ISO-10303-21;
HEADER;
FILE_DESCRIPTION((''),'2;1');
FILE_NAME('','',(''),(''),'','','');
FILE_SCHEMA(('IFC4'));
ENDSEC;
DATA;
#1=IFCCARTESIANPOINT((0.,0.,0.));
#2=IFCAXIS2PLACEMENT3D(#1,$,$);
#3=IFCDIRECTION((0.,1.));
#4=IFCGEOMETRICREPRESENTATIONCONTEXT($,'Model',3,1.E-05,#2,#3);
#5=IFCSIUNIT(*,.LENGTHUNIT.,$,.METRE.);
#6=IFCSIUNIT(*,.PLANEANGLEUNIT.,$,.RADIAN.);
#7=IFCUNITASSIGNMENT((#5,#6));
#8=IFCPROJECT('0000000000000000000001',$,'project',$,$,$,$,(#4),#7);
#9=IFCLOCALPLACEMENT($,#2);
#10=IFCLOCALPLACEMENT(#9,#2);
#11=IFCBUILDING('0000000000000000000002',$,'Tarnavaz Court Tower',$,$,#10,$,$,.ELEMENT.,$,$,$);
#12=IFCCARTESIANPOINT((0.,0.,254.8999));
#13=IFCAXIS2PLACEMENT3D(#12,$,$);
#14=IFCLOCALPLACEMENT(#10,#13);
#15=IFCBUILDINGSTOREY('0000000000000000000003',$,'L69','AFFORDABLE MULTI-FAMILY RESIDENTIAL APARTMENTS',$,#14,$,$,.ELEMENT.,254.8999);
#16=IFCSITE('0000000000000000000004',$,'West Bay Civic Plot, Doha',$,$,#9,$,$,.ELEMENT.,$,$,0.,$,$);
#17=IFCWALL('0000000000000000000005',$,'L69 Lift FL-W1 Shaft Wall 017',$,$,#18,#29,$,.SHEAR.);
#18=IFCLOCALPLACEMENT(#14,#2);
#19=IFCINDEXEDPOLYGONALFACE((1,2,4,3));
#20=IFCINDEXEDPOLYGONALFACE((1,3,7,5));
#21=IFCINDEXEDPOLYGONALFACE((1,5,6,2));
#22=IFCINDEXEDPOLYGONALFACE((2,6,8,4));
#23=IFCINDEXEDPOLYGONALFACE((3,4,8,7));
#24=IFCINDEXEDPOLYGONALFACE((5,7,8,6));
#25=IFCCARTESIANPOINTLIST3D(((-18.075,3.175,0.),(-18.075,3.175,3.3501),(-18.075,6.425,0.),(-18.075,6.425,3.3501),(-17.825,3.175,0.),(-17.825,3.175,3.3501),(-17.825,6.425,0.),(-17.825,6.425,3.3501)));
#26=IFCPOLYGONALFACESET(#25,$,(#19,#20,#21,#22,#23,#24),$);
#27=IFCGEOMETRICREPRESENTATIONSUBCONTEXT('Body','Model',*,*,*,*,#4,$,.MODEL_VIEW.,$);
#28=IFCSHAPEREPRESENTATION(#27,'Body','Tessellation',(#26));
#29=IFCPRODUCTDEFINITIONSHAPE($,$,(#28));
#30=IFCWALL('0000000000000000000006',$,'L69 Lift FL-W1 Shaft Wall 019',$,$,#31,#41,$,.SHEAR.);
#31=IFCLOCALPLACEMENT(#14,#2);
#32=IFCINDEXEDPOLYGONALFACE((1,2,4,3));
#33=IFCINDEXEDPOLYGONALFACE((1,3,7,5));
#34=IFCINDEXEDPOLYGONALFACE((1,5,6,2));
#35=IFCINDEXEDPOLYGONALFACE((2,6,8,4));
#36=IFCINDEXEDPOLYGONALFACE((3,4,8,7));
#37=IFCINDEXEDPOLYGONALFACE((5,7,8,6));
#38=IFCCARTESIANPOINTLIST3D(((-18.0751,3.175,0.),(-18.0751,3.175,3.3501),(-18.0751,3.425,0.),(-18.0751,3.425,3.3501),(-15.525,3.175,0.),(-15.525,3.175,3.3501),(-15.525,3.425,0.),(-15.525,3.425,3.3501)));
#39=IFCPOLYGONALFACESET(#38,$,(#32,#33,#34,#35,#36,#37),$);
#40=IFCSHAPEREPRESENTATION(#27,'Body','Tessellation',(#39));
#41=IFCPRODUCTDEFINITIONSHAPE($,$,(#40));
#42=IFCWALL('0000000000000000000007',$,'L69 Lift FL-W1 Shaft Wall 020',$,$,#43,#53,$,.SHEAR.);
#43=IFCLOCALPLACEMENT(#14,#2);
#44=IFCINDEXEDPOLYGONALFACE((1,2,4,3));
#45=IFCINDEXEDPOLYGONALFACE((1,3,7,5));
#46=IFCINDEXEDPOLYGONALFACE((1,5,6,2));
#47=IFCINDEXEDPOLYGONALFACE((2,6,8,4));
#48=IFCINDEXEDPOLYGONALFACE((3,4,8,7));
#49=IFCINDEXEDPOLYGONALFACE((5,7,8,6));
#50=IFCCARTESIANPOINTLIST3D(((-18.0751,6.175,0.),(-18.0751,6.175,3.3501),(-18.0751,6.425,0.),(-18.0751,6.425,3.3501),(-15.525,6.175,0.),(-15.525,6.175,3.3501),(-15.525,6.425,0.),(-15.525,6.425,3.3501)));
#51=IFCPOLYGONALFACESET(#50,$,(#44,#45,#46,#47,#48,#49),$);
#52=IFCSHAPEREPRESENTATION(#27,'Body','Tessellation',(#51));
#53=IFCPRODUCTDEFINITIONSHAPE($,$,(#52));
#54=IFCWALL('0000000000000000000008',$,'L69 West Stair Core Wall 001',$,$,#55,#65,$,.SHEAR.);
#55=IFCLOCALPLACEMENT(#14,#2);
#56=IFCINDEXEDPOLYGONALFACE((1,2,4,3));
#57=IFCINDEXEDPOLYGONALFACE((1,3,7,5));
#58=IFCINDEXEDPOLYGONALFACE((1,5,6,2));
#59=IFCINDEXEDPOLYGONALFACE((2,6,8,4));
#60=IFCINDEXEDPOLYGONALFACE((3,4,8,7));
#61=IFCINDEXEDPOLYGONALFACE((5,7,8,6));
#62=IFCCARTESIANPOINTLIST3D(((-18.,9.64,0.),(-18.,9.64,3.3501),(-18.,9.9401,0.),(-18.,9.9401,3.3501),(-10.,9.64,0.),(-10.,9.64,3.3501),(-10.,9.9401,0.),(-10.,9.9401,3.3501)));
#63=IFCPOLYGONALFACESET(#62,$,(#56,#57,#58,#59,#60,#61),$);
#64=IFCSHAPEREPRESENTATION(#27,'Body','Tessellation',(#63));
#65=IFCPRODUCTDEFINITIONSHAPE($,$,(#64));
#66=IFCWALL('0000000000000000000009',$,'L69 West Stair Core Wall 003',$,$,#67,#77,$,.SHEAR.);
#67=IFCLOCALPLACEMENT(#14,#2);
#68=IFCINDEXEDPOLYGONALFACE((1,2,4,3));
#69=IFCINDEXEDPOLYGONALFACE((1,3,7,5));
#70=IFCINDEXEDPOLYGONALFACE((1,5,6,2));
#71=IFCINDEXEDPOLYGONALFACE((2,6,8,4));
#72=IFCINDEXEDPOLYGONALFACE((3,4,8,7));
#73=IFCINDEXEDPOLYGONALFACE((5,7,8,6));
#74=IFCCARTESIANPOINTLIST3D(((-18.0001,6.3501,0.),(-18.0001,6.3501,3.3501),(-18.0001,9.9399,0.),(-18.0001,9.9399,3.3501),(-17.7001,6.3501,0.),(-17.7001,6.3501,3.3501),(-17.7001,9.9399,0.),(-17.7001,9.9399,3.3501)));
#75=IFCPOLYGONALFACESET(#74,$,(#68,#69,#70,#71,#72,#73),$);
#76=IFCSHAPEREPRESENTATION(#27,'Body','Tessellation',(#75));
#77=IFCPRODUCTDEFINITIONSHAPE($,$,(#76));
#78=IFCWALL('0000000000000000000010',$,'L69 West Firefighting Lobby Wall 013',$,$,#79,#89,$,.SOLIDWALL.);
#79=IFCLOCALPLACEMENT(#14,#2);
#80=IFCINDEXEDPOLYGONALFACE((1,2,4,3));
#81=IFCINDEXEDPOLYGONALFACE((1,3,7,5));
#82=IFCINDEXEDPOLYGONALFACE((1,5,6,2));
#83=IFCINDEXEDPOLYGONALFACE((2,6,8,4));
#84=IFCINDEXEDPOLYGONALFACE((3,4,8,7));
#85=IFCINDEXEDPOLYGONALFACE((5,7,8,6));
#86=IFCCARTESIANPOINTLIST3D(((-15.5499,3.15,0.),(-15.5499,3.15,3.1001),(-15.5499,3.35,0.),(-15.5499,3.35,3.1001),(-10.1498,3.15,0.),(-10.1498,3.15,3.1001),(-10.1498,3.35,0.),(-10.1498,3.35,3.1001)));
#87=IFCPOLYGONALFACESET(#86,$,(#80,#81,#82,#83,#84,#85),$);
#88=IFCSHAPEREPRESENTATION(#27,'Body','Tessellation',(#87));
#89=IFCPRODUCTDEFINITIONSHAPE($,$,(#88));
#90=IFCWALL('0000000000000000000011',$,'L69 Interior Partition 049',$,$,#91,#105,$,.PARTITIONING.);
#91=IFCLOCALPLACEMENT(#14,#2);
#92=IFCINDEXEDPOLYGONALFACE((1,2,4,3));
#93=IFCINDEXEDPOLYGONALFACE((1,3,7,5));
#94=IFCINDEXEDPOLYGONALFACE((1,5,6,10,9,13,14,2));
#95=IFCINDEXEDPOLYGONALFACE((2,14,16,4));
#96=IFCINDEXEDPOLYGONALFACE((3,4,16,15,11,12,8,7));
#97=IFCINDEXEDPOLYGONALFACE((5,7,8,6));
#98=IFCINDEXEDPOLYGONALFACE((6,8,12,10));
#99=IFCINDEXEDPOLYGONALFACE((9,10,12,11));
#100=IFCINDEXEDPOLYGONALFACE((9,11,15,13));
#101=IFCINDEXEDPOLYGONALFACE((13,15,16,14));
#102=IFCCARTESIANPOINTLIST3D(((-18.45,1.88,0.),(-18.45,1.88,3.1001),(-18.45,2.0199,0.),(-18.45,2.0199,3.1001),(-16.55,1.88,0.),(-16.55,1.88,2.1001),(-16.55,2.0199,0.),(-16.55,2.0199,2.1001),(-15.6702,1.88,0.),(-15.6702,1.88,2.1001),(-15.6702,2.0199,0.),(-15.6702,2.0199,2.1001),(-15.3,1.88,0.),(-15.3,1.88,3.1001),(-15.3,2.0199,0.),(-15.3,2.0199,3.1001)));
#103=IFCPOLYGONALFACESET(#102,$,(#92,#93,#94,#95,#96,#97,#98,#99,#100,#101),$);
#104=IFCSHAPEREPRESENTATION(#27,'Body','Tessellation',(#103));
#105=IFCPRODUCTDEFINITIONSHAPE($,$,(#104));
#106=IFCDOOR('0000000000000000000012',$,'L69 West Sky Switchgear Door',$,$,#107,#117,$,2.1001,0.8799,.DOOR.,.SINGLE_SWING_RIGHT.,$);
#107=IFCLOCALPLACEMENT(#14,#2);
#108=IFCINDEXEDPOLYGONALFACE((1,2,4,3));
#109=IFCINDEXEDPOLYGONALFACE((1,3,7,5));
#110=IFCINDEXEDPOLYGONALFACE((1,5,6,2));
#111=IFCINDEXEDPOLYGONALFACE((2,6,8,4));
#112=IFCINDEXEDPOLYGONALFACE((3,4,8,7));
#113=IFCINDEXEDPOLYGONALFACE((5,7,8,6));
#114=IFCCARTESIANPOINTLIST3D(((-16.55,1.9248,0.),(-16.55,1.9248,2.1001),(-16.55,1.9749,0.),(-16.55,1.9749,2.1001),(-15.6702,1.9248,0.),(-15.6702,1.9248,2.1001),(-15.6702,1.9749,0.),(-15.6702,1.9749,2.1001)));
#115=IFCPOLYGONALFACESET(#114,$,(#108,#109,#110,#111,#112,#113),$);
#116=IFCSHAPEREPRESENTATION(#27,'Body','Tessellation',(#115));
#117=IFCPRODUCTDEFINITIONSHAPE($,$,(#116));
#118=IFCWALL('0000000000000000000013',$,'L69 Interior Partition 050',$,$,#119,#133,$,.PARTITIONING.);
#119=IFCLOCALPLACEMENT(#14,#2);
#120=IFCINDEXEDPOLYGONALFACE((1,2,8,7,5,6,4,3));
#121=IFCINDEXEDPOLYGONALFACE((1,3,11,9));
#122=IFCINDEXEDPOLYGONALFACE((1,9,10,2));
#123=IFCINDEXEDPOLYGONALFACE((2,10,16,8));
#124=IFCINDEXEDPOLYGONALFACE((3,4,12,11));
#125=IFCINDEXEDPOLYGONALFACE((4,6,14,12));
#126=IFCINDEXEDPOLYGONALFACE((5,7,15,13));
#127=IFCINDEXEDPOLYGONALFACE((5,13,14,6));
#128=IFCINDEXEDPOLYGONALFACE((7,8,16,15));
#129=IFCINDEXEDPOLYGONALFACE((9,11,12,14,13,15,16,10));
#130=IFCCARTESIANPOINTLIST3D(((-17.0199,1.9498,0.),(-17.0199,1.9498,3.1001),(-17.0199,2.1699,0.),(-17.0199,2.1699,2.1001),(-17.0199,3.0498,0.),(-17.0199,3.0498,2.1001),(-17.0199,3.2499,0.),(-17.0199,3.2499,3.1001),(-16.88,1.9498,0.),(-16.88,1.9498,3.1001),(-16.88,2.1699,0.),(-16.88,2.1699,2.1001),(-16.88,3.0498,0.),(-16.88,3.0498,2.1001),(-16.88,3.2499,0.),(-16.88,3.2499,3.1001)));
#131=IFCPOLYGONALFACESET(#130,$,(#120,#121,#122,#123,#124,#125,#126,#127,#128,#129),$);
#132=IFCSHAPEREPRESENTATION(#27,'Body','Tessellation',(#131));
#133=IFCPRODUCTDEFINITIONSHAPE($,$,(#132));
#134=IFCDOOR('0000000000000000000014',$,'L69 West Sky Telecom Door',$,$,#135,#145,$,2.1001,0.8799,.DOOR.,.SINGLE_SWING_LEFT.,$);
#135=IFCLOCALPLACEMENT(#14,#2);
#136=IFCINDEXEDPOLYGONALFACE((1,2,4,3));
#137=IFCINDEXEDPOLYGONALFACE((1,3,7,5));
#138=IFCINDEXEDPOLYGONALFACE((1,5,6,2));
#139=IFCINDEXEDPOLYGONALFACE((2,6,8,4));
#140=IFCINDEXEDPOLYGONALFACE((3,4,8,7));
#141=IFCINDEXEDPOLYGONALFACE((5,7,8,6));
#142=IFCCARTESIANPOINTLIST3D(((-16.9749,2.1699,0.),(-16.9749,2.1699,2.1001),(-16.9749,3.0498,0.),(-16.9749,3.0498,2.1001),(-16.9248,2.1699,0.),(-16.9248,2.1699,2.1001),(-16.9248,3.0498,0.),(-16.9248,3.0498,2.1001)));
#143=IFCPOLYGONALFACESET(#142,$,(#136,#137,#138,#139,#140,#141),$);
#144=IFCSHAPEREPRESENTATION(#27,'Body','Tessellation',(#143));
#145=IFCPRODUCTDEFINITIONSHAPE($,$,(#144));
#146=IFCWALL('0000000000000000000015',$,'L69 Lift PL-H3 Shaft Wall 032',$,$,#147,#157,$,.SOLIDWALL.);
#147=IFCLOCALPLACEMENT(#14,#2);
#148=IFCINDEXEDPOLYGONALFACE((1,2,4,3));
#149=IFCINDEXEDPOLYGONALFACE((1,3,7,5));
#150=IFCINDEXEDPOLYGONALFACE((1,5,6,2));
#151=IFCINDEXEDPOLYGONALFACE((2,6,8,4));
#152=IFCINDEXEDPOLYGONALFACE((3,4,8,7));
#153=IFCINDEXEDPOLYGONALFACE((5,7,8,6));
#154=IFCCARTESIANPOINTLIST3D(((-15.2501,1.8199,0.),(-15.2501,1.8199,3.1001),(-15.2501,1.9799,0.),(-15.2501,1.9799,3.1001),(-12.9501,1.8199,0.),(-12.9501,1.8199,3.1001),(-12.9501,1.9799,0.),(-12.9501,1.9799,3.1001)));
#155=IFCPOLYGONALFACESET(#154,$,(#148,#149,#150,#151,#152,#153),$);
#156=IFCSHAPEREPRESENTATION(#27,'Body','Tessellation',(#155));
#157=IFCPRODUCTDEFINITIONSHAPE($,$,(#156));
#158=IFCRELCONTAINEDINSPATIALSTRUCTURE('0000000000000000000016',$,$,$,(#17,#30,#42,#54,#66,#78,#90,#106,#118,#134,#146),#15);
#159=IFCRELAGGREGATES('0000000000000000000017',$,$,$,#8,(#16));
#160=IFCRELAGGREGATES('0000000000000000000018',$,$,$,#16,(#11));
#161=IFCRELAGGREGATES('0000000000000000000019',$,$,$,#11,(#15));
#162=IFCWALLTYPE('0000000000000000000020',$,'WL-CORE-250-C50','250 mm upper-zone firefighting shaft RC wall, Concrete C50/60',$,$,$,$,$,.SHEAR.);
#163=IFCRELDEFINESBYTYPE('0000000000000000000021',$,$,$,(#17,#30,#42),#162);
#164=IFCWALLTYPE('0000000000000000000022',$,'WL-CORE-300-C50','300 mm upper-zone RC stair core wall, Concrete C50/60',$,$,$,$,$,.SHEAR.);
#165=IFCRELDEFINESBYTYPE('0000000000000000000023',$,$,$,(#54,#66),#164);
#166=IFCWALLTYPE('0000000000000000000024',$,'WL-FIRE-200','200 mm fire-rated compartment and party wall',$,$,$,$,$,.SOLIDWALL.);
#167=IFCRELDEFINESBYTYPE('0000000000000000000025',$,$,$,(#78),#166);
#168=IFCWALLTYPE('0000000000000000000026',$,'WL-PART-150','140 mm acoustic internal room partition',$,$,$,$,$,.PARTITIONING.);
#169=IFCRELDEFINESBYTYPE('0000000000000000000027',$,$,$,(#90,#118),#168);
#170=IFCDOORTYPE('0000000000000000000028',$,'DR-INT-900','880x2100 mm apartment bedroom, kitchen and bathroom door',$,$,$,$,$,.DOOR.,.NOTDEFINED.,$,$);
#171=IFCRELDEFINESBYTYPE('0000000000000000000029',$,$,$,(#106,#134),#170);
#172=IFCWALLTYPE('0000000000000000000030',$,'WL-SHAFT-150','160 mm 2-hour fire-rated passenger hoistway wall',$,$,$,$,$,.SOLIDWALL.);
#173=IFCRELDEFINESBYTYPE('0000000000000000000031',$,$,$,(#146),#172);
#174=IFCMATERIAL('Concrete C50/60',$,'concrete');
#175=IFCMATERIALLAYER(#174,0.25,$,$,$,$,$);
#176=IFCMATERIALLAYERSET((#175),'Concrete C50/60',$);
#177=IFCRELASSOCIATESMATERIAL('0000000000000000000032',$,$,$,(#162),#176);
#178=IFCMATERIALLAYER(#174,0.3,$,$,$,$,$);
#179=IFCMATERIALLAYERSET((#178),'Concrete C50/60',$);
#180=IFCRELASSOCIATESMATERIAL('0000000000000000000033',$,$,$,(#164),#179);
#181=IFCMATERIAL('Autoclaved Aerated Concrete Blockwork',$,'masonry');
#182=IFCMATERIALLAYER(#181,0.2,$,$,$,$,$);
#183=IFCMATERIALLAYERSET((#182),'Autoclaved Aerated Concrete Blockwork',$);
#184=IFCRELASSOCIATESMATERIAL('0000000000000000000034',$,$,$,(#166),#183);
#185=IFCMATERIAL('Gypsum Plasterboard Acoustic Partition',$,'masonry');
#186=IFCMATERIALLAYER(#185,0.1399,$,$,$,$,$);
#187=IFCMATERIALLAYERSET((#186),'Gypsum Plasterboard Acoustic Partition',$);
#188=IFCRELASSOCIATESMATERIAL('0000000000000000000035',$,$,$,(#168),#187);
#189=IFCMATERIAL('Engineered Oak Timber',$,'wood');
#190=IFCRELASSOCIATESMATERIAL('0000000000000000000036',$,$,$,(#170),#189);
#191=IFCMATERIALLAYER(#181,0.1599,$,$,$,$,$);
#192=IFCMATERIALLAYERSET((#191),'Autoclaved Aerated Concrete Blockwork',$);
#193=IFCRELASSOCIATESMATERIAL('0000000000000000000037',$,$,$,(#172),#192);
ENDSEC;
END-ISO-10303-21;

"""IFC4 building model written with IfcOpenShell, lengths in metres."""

from ifc_helpers import new_model, si_unit, direction, frame, frame_2d, origin, place, context, subcontext, project, spatial, rectangle, extrude, material, layer, layer_set, type_object, element, fill, save


model = new_model("IFC4")

# Units and contexts
model_context = context("Model", 3, precision=1e-05, world=origin(), true_north=direction((0.0, 1.0)))
body_context = subcontext(model_context, "Body", "Model", "MODEL_VIEW")
ifc_project = project(units=[si_unit("LENGTHUNIT", "METRE"), si_unit("PLANEANGLEUNIT", "RADIAN")], contexts=[model_context])

# Site, building, storey
site_placement = place(None, origin())
site = spatial("IfcSite", under=ifc_project, at=site_placement, Name="West Bay Civic Plot, Doha", CompositionType="ELEMENT", RefElevation=0.0)
building_placement = place(site_placement, origin())
building = spatial("IfcBuilding", under=site, at=building_placement, Name="Tarnavaz Court Tower", CompositionType="ELEMENT")
storey_placement = place(building_placement, frame((0.0, 0.0, 254.8999)))
storey = spatial("IfcBuildingStorey", under=building, at=storey_placement, Name="L69", Description="AFFORDABLE MULTI-FAMILY RESIDENTIAL APARTMENTS", CompositionType="ELEMENT", Elevation=254.8999)

# Shared definitions
ifc_material_1 = material(Name="Concrete C50/60", Category="concrete")

# Wall
ifc_layer_1 = layer(ifc_material_1, 0.25)
ifc_layer_set_1 = layer_set([ifc_layer_1], Name="Concrete C50/60")
wall_type_1 = type_object("IfcWallType", Name="WL-CORE-250-C50", Description="250 mm upper-zone firefighting shaft RC wall, Concrete C50/60", PredefinedType="SHEAR", material=ifc_layer_set_1)
wall_1_placement = place(storey_placement, frame((-17.95, 3.175, 0.0), z_axis=(0.0, 0.0, 1.0), x_axis=(0.0, 1.0, 0.0)))
element("IfcWall", 1, at=wall_1_placement, inside=storey, type_object=wall_type_1, Name="L69 Lift FL-W1 Shaft Wall 017", PredefinedType="SHEAR", context=body_context, shape_type="SweptSolid", body=[
    extrude(rectangle(XDim=3.25, YDim=0.25, at=frame_2d((1.625, 0.0))), origin(), (0.0, 0.0, 1.0), 3.3501),
])

# Walls
for number, where, z_axis, x_axis, name in (
    (2, (-18.075, 3.3, 0.0), (0.0, 0.0, 1.0), (1.0, 0.0, 0.0), "L69 Lift FL-W1 Shaft Wall 019"),
    (3, (-18.075, 6.3, 0.0), (0.0, 0.0, 1.0), (1.0, 0.0, 0.0), "L69 Lift FL-W1 Shaft Wall 020"),
):
    element("IfcWall", number, at=place(storey_placement, frame(where, z_axis=z_axis, x_axis=x_axis)), inside=storey, type_object=wall_type_1, Name=name, PredefinedType="SHEAR", context=body_context, shape_type="SweptSolid", body=[
        extrude(rectangle(XDim=2.55, YDim=0.25, at=frame_2d((1.2749, 0.0))), origin(), (0.0, 0.0, 1.0), 3.3501),
    ])
ifc_layer_2 = layer(ifc_material_1, 0.3)
ifc_layer_set_2 = layer_set([ifc_layer_2], Name="Concrete C50/60")
wall_type_2 = type_object("IfcWallType", Name="WL-CORE-300-C50", Description="300 mm upper-zone RC stair core wall, Concrete C50/60", PredefinedType="SHEAR", material=ifc_layer_set_2)
wall_2_placement = place(storey_placement, frame((-18.0, 9.79, 0.0), z_axis=(0.0, 0.0, 1.0), x_axis=(1.0, 0.0, 0.0)))
element("IfcWall", 4, at=wall_2_placement, inside=storey, type_object=wall_type_2, Name="L69 West Stair Core Wall 001", PredefinedType="SHEAR", context=body_context, shape_type="SweptSolid", body=[
    extrude(rectangle(XDim=8.0, YDim=0.3, at=frame_2d((4.0, 0.0))), origin(), (0.0, 0.0, 1.0), 3.3501),
])

# Walls
wall_3_placement = place(storey_placement, frame((-17.8501, 6.3501, 0.0), z_axis=(0.0, 0.0, 1.0), x_axis=(0.0, 1.0, 0.0)))
element("IfcWall", 5, at=wall_3_placement, inside=storey, type_object=wall_type_2, Name="L69 West Stair Core Wall 003", PredefinedType="SHEAR", context=body_context, shape_type="SweptSolid", body=[
    extrude(rectangle(XDim=3.5898, YDim=0.3, at=frame_2d((1.7949, 0.0))), origin(), (0.0, 0.0, 1.0), 3.3501),
])
ifc_material_2 = material(Name="Autoclaved Aerated Concrete Blockwork", Category="masonry")
ifc_layer_3 = layer(ifc_material_2, 0.2)
ifc_layer_set_3 = layer_set([ifc_layer_3], Name="Autoclaved Aerated Concrete Blockwork")
wall_type_3 = type_object("IfcWallType", Name="WL-FIRE-200", Description="200 mm fire-rated compartment and party wall", PredefinedType="SOLIDWALL", material=ifc_layer_set_3)
wall_4_placement = place(storey_placement, frame((-15.55, 3.25, 0.0), z_axis=(0.0, 0.0, 1.0), x_axis=(1.0, 0.0, 0.0)))
element("IfcWall", 6, at=wall_4_placement, inside=storey, type_object=wall_type_3, Name="L69 West Firefighting Lobby Wall 013", PredefinedType="SOLIDWALL", context=body_context, shape_type="SweptSolid", body=[
    extrude(rectangle(XDim=5.4001, YDim=0.2, at=frame_2d((2.7002, 0.0))), origin(), (0.0, 0.0, 1.0), 3.1001),
])

# Walls, openings, doors
ifc_material_3 = material(Name="Gypsum Plasterboard Acoustic Partition", Category="masonry")
ifc_layer_4 = layer(ifc_material_3, 0.1399)
ifc_layer_set_4 = layer_set([ifc_layer_4], Name="Gypsum Plasterboard Acoustic Partition")
wall_type_4 = type_object("IfcWallType", Name="WL-PART-150", Description="140 mm acoustic internal room partition", PredefinedType="PARTITIONING", material=ifc_layer_set_4)
wall_5_placement = place(storey_placement, frame((-18.45, 1.95, 0.0), z_axis=(0.0, 0.0, 1.0), x_axis=(1.0, 0.0, 0.0)))
wall_5 = element("IfcWall", 7, at=wall_5_placement, inside=storey, type_object=wall_type_4, Name="L69 Interior Partition 049", PredefinedType="PARTITIONING", context=body_context, shape_type="SweptSolid", body=[
    extrude(rectangle(XDim=3.1499, YDim=0.1399, at=frame_2d((1.575, 0.0))), origin(), (0.0, 0.0, 1.0), 3.1001),
])
opening_1_placement = place(wall_5_placement, frame((1.8999, 0.0, 0.0)))
opening_1 = element("IfcOpeningElement", 8, at=opening_1_placement, cuts=wall_5, PredefinedType="OPENING", context=body_context, shape_type="SweptSolid", body=[
    extrude(rectangle(XDim=0.8799, YDim=2.1001, at=frame_2d((0.4399, 1.05))), frame((0.0, 0.0798, 0.0), z_axis=(0.0, -1.0, 0.0), x_axis=(1.0, 0.0, 0.0)), (0.0, 0.0, 1.0), 0.1599),
])
ifc_material_4 = material(Name="Engineered Oak Timber", Category="wood")
door_type_1 = type_object("IfcDoorType", Name="DR-INT-900", Description="880x2100 mm apartment bedroom, kitchen and bathroom door", OperationType="NOTDEFINED", PredefinedType="DOOR", material=ifc_material_4)
door_1_placement = place(opening_1_placement, origin())
door_1 = element("IfcDoor", 9, at=door_1_placement, inside=storey, type_object=door_type_1, Name="L69 West Sky Switchgear Door", OperationType="SINGLE_SWING_RIGHT", OverallHeight=2.1001, OverallWidth=0.8799, PredefinedType="DOOR", context=body_context, shape_type="SweptSolid", body=[
    extrude(rectangle(XDim=0.8799, YDim=2.1001, at=frame_2d((0.4399, 1.05))), frame((0.0, 0.0249, 0.0), z_axis=(0.0, -1.0, 0.0), x_axis=(1.0, 0.0, 0.0)), (0.0, 0.0, 1.0), 0.05),
])
fill(opening_1, door_1)
wall_6_placement = place(storey_placement, frame((-16.95, 1.95, 0.0), z_axis=(0.0, 0.0, 1.0), x_axis=(0.0, 1.0, 0.0)))
wall_6 = element("IfcWall", 10, at=wall_6_placement, inside=storey, type_object=wall_type_4, Name="L69 Interior Partition 050", PredefinedType="PARTITIONING", context=body_context, shape_type="SweptSolid", body=[
    extrude(rectangle(XDim=1.3, YDim=0.1399, at=frame_2d((0.6499, 0.0))), origin(), (0.0, 0.0, 1.0), 3.1001),
])
opening_2_placement = place(wall_6_placement, frame((0.22, 0.0, 0.0)))
opening_2 = element("IfcOpeningElement", 11, at=opening_2_placement, cuts=wall_6, PredefinedType="OPENING", context=body_context, shape_type="SweptSolid", body=[
    extrude(rectangle(XDim=0.8799, YDim=2.1001, at=frame_2d((0.4399, 1.05))), frame((0.0, 0.0798, 0.0), z_axis=(0.0, -1.0, 0.0), x_axis=(1.0, 0.0, 0.0)), (0.0, 0.0, 1.0), 0.1599),
])
door_2_placement = place(opening_2_placement, origin())
door_2 = element("IfcDoor", 12, at=door_2_placement, inside=storey, type_object=door_type_1, Name="L69 West Sky Telecom Door", OperationType="SINGLE_SWING_LEFT", OverallHeight=2.1001, OverallWidth=0.8799, PredefinedType="DOOR", context=body_context, shape_type="SweptSolid", body=[
    extrude(rectangle(XDim=0.8799, YDim=2.1001, at=frame_2d((0.4399, 1.05))), frame((0.0, 0.0249, 0.0), z_axis=(0.0, -1.0, 0.0), x_axis=(1.0, 0.0, 0.0)), (0.0, 0.0, 1.0), 0.05),
])
fill(opening_2, door_2)

# Wall
ifc_layer_5 = layer(ifc_material_2, 0.1599)
ifc_layer_set_5 = layer_set([ifc_layer_5], Name="Autoclaved Aerated Concrete Blockwork")
wall_type_5 = type_object("IfcWallType", Name="WL-SHAFT-150", Description="160 mm 2-hour fire-rated passenger hoistway wall", PredefinedType="SOLIDWALL", material=ifc_layer_set_5)
wall_7_placement = place(storey_placement, frame((-15.25, 1.8999, 0.0), z_axis=(0.0, 0.0, 1.0), x_axis=(1.0, 0.0, 0.0)))
element("IfcWall", 13, at=wall_7_placement, inside=storey, type_object=wall_type_5, Name="L69 Lift PL-H3 Shaft Wall 032", PredefinedType="SOLIDWALL", context=body_context, shape_type="SweptSolid", body=[
    extrude(rectangle(XDim=2.3, YDim=0.1599, at=frame_2d((1.1499, 0.0))), origin(), (0.0, 0.0, 1.0), 3.1001),
])

save(model, "model.ifc")
